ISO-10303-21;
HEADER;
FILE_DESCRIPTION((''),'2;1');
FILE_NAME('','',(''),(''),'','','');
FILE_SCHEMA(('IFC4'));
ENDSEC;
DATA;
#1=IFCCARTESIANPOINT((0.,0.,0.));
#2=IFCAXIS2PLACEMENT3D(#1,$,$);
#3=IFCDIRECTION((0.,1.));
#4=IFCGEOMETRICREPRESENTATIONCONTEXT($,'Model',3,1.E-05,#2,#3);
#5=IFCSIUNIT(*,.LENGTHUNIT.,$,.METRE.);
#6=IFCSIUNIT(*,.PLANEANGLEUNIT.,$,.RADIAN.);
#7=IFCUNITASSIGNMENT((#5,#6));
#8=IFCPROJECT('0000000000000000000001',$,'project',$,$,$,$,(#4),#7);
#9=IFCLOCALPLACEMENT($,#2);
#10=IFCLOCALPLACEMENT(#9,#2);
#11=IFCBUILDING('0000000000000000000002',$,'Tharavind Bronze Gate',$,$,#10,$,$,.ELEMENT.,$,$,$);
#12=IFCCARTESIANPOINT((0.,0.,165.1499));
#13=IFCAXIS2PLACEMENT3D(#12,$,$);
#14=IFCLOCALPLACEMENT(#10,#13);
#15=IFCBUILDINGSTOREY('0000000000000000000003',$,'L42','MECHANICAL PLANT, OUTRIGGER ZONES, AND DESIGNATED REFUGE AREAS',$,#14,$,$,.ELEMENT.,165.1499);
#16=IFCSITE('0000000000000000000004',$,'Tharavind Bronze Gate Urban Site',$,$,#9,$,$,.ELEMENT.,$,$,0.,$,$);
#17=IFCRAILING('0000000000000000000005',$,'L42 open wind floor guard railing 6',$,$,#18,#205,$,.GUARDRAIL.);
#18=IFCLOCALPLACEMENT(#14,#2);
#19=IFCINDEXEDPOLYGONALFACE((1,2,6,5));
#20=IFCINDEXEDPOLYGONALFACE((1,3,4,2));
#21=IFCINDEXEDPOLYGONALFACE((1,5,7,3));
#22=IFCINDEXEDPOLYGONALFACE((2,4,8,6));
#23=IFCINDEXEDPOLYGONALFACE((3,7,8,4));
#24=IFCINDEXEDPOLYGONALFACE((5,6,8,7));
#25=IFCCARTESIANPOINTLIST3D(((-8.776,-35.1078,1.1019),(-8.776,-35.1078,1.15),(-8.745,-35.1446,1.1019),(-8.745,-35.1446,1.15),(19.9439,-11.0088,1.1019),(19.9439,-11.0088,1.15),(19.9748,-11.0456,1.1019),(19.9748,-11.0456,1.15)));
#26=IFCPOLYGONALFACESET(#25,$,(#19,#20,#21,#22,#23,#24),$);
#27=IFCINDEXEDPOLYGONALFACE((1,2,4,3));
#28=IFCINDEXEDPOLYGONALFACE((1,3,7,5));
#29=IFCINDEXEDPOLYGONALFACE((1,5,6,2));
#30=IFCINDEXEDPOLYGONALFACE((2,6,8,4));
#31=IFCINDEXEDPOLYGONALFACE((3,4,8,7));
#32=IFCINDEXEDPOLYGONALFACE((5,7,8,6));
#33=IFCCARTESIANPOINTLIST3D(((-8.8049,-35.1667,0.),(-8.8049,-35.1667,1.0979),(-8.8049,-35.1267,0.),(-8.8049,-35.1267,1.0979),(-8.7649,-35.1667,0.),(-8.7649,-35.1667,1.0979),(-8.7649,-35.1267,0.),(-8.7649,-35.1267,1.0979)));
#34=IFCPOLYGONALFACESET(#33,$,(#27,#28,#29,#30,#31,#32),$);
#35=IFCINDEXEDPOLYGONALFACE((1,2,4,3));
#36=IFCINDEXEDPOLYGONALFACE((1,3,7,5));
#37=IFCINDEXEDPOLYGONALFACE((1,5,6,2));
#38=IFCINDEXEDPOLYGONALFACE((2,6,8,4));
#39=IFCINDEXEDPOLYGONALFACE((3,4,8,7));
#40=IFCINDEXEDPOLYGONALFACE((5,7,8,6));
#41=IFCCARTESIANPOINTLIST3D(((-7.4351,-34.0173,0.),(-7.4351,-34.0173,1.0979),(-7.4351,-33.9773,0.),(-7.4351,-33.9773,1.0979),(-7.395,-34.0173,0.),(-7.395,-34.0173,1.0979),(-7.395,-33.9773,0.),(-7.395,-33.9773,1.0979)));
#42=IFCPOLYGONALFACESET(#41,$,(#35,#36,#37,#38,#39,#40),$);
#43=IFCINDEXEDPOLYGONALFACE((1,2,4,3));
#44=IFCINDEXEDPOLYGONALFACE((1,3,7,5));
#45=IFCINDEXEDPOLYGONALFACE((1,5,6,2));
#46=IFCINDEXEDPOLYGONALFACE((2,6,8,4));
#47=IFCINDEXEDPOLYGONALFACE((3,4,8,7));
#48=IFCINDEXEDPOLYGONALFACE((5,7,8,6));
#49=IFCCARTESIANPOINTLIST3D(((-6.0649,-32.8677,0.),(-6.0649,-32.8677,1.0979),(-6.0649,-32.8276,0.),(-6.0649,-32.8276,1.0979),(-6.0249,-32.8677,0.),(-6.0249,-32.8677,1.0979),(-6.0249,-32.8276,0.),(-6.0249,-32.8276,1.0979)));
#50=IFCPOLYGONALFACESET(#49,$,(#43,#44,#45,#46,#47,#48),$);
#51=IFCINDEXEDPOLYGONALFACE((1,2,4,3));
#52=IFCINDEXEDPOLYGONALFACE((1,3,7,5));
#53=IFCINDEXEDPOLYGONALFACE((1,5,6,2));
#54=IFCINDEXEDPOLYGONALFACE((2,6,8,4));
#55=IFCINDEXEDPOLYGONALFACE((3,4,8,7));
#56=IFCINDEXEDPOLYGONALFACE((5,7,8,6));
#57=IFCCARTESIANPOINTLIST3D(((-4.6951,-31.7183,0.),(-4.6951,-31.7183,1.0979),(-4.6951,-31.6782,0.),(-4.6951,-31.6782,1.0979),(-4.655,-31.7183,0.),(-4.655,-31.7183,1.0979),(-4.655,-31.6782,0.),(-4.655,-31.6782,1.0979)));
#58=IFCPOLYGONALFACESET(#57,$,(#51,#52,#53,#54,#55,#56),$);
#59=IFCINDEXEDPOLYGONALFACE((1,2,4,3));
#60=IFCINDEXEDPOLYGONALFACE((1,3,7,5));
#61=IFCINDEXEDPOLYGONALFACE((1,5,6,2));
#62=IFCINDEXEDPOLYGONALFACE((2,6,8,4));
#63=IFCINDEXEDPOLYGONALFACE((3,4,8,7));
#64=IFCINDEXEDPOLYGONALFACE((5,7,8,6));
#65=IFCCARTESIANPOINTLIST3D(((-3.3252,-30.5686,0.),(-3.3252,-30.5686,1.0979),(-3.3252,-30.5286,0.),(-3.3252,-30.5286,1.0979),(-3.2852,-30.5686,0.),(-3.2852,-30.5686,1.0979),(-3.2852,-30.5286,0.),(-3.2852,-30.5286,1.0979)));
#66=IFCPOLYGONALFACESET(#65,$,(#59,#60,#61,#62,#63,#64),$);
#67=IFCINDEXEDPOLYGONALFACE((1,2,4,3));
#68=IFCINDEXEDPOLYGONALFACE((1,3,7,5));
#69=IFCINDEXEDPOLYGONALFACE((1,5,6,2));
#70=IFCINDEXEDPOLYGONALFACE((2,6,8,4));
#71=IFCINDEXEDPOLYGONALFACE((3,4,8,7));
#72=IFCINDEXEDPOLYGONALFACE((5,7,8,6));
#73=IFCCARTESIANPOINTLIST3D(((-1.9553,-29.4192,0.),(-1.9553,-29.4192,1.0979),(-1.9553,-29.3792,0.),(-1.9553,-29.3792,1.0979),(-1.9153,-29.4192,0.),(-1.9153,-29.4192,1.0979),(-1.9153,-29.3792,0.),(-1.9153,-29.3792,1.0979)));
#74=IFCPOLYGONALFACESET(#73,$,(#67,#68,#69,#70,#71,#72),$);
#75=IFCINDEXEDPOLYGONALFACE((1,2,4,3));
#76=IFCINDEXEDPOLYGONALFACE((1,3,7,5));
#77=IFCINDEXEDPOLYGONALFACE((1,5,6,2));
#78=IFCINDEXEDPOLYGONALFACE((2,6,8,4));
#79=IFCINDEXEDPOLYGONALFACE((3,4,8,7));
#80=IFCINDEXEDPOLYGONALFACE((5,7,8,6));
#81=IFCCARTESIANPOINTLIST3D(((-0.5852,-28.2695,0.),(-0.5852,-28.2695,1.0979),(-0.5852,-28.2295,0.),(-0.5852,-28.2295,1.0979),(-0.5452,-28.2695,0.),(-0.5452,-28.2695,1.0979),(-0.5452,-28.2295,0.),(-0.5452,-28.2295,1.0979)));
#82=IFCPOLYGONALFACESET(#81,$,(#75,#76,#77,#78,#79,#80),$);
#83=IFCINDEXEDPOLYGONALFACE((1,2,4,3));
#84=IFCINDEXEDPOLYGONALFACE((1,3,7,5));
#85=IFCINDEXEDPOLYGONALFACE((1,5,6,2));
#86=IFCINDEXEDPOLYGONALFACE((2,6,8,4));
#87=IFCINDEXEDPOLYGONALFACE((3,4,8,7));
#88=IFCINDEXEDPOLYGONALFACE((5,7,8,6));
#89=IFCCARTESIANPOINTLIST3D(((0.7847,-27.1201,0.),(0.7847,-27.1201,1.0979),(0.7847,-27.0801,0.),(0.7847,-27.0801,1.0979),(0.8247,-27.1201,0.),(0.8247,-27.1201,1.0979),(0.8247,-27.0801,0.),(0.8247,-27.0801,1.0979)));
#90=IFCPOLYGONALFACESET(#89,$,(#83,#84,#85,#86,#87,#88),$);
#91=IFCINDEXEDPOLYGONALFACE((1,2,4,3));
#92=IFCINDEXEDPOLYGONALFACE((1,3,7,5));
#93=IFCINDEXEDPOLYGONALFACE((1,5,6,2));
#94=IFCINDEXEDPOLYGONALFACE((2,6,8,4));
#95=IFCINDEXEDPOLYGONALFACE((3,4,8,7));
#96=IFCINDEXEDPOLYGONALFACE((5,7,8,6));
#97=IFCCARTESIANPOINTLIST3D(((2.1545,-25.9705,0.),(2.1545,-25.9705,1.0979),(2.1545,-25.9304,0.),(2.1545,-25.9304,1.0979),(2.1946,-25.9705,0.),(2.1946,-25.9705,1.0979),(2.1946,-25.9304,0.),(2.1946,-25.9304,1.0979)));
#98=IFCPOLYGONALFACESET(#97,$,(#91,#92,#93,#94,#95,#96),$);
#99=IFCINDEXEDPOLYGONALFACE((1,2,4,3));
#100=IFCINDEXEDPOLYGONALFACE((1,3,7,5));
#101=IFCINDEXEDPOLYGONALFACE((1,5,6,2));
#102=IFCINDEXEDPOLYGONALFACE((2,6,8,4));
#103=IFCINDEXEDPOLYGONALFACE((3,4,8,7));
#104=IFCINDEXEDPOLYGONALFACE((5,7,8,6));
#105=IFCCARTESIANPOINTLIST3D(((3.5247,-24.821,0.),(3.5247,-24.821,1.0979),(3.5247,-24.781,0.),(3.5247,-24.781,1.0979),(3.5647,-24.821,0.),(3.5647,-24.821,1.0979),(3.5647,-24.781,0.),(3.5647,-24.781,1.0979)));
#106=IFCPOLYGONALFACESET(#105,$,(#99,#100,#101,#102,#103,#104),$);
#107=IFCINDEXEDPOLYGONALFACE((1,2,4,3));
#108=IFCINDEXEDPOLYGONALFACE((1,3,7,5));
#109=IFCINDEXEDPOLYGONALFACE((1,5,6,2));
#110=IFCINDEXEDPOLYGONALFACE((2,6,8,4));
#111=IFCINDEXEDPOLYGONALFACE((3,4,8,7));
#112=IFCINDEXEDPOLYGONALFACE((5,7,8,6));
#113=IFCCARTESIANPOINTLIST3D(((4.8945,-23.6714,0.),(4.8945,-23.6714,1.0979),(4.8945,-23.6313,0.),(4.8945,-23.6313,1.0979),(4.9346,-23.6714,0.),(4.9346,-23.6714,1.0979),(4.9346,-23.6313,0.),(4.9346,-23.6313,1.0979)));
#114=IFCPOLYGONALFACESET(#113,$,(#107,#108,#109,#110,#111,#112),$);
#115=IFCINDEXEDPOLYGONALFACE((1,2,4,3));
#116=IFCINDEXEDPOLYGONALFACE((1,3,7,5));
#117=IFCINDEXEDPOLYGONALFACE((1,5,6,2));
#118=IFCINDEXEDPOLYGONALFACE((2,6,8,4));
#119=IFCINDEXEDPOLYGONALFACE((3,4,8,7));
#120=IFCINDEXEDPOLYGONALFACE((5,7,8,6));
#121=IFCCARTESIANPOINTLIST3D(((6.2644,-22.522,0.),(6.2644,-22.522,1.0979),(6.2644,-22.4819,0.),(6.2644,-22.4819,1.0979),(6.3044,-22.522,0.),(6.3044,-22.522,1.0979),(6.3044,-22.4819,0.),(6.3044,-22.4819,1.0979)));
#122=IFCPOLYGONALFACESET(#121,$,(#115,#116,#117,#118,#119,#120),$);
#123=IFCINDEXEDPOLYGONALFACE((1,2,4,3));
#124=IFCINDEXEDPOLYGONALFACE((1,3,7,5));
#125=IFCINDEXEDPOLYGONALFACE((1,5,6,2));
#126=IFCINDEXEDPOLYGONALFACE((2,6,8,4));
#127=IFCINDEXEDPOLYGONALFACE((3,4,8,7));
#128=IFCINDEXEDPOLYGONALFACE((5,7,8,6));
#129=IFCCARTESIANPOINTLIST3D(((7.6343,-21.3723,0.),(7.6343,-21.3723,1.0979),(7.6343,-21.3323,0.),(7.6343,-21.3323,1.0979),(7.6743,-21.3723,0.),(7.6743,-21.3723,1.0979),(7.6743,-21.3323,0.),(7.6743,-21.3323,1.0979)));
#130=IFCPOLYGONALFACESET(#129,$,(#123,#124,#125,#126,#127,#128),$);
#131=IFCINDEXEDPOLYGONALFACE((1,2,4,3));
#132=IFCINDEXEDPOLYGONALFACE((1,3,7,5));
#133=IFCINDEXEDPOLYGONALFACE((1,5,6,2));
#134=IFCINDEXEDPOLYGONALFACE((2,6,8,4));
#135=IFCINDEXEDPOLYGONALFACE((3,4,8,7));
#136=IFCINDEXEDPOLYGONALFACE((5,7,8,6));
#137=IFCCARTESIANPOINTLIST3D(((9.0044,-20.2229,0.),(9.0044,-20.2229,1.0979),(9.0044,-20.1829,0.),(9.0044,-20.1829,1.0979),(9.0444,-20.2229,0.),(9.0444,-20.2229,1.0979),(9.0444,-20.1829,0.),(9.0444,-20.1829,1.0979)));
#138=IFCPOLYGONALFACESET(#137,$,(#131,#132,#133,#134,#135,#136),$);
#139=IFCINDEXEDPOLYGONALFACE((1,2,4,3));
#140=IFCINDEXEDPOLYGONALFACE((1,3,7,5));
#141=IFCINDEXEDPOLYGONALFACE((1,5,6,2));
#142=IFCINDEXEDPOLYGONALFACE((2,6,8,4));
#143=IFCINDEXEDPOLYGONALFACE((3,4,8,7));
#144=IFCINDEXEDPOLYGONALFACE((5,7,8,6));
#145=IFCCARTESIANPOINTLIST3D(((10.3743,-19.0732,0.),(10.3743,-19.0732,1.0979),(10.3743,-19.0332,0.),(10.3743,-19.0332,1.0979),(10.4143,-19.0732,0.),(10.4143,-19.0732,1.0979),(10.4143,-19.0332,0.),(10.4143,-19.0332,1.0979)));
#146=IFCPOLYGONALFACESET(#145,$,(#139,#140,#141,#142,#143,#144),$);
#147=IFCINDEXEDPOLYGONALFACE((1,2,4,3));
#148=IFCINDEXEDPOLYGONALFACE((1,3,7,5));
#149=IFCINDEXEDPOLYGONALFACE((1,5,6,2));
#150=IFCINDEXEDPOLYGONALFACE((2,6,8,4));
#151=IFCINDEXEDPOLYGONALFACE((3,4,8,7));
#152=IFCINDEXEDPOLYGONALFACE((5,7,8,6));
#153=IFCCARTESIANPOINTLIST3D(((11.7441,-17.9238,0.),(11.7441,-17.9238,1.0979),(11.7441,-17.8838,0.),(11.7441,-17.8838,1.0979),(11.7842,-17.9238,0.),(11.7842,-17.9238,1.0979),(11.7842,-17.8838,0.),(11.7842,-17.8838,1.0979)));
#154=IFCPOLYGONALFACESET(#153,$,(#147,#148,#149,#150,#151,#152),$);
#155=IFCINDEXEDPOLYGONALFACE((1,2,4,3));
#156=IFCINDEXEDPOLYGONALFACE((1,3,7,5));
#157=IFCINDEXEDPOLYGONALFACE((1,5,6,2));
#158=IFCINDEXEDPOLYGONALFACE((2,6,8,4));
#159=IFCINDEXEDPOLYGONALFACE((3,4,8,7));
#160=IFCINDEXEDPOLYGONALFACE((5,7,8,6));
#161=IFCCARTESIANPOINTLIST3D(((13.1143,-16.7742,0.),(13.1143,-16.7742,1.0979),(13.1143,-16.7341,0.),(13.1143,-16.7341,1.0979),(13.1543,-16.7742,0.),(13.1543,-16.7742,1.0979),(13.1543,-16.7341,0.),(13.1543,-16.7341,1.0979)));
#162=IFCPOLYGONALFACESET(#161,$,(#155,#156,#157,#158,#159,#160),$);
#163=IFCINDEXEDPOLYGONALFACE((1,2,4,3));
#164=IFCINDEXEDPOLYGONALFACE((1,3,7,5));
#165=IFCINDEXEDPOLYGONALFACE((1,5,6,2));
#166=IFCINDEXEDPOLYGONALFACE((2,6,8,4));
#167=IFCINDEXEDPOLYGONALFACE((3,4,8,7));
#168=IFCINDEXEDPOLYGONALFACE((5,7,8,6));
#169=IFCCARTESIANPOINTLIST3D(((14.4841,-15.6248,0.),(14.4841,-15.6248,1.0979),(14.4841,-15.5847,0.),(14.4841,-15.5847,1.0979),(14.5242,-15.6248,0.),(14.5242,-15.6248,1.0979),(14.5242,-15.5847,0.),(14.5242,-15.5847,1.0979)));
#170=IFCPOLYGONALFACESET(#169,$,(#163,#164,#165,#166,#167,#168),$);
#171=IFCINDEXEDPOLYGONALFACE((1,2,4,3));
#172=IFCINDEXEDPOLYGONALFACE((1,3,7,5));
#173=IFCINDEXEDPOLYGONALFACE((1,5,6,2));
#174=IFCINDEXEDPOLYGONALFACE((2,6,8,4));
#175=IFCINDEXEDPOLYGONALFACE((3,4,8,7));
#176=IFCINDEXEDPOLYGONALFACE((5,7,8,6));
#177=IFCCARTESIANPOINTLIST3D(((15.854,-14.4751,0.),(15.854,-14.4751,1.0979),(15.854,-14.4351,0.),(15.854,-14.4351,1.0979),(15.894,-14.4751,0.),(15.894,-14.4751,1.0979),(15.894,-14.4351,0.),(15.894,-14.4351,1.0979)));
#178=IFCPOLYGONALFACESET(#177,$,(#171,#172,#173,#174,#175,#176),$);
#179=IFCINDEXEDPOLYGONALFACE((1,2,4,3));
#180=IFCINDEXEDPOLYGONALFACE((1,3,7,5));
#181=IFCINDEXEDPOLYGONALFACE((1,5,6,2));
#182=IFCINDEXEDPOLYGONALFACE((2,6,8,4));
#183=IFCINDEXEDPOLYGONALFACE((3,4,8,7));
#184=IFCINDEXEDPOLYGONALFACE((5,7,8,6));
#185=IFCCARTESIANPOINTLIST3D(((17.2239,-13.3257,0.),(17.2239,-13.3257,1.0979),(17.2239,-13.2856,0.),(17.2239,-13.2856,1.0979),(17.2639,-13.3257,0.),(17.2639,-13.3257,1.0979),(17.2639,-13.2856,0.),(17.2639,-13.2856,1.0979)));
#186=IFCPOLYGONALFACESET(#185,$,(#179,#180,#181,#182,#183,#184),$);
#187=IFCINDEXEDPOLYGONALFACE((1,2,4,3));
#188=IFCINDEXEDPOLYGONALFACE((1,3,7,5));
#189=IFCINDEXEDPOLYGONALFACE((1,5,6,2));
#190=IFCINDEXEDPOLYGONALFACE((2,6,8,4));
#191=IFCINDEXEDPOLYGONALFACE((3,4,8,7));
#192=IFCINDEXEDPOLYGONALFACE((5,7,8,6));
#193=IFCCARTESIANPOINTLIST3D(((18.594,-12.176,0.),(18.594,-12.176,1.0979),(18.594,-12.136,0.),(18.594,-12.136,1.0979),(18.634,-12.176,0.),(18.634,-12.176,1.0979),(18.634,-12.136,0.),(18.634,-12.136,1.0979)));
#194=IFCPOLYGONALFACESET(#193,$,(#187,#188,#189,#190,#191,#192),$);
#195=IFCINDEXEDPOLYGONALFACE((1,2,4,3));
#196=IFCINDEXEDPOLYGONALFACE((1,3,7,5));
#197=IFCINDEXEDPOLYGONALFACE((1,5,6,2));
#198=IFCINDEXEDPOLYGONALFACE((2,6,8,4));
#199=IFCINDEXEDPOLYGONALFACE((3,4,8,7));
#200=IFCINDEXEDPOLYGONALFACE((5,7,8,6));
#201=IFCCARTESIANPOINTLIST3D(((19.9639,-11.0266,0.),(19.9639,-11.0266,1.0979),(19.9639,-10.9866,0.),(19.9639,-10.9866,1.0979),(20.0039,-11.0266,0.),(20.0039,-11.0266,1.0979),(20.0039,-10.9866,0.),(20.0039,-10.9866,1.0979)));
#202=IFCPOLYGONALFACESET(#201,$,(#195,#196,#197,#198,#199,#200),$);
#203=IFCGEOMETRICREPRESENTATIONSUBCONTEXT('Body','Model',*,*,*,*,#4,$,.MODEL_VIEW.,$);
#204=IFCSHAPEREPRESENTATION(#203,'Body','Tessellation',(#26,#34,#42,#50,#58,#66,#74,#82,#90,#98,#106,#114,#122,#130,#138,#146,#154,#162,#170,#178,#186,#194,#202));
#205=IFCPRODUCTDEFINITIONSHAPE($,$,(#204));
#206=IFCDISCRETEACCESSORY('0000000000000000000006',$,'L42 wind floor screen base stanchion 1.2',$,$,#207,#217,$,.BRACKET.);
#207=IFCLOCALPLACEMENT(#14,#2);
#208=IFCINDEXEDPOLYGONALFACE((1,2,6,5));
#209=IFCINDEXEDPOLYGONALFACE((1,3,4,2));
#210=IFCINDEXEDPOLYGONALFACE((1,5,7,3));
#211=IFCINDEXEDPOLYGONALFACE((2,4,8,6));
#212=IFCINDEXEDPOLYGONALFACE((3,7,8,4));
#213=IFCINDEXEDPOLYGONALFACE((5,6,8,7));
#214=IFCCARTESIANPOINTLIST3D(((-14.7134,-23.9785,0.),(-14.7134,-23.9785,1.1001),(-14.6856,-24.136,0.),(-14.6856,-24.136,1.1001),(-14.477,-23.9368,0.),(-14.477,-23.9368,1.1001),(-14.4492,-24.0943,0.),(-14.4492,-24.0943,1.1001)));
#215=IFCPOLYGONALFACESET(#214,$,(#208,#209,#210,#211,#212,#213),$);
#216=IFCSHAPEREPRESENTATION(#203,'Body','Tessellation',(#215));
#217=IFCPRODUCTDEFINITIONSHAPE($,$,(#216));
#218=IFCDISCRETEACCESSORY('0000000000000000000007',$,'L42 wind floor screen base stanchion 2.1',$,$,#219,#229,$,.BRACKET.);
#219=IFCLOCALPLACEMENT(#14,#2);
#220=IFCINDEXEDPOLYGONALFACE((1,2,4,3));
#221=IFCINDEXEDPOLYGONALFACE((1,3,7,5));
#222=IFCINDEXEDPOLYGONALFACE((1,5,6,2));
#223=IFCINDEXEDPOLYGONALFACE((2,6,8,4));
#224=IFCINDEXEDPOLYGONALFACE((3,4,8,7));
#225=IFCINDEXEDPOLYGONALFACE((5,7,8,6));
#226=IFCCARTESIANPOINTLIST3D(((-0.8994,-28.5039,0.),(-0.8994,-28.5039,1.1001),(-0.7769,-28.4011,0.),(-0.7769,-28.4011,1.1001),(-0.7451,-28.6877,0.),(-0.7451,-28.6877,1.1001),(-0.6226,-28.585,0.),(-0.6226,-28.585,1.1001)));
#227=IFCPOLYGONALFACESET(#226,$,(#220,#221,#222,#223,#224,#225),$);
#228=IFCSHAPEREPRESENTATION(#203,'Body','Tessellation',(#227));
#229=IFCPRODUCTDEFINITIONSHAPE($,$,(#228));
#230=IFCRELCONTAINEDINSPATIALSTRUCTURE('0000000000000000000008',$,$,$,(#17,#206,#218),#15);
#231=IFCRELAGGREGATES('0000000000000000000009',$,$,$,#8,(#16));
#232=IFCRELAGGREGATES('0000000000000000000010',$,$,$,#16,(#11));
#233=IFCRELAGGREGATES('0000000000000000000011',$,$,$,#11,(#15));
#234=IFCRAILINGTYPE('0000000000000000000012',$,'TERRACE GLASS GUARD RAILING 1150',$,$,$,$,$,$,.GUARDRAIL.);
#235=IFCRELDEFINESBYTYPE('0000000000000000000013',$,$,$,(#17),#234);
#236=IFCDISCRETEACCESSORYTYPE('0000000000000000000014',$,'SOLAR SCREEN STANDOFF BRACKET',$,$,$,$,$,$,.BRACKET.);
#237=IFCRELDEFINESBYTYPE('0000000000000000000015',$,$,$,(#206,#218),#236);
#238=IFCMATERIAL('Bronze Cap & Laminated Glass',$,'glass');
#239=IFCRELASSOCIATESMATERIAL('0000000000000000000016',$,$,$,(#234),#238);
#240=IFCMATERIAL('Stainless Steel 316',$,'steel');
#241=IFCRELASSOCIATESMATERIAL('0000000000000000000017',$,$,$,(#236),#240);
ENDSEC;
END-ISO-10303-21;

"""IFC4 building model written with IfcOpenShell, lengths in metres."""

from ifc_helpers import new_model, si_unit, direction, frame, origin, origin_2d, place, context, subcontext, project, spatial, rectangle, extrude, material, type_object, element, save


model = new_model("IFC4")

# Units and contexts
model_context = context("Model", 3, precision=1e-05, world=origin(), true_north=direction((0.0, 1.0)))
body_context = subcontext(model_context, "Body", "Model", "MODEL_VIEW")
ifc_project = project(units=[si_unit("LENGTHUNIT", "METRE"), si_unit("PLANEANGLEUNIT", "RADIAN")], contexts=[model_context])

# Site, building, storey
site_placement = place(None, origin())
site = spatial("IfcSite", under=ifc_project, at=site_placement, Name="Tharavind Bronze Gate Urban Site", CompositionType="ELEMENT", RefElevation=0.0)
building_placement = place(site_placement, origin())
building = spatial("IfcBuilding", under=site, at=building_placement, Name="Tharavind Bronze Gate", CompositionType="ELEMENT")
storey_placement = place(building_placement, frame((0.0, 0.0, 165.1499)))
storey = spatial("IfcBuildingStorey", under=building, at=storey_placement, Name="L42", Description="MECHANICAL PLANT, OUTRIGGER ZONES, AND DESIGNATED REFUGE AREAS", CompositionType="ELEMENT", Elevation=165.1499)

# Railing
ifc_material_1 = material(Name="Bronze Cap & Laminated Glass", Category="glass")
railing_type = type_object("IfcRailingType", Name="TERRACE GLASS GUARD RAILING 1150", PredefinedType="GUARDRAIL", material=ifc_material_1)
railing_1_placement = place(storey_placement, frame((-8.7849, -35.1467, 0.0)))
element("IfcRailing", 1, at=railing_1_placement, inside=storey, type_object=railing_type, Name="L42 open wind floor guard railing 6", PredefinedType="GUARDRAIL", context=body_context, shape_type="SweptSolid", body=[
    extrude(rectangle(XDim=0.0481, YDim=0.0481, at=origin_2d()), frame((0.0244, 0.0205, 1.126), z_axis=(0.766041, 0.642791, 0.0), x_axis=(-0.642791, 0.766041, 0.0)), (0.0, 0.0, 1.0), 37.4912),
    extrude(rectangle(XDim=0.04, YDim=0.04, at=origin_2d()), origin(), (0.0, 0.0, 1.0), 1.0979),
    extrude(rectangle(XDim=0.04, YDim=0.04, at=origin_2d()), frame((1.3699, 1.1494, 0.0)), (0.0, 0.0, 1.0), 1.0979),
    extrude(rectangle(XDim=0.04, YDim=0.04, at=origin_2d()), frame((2.74, 2.2991, 0.0)), (0.0, 0.0, 1.0), 1.0979),
    extrude(rectangle(XDim=0.04, YDim=0.04, at=origin_2d()), frame((4.1099, 3.4485, 0.0)), (0.0, 0.0, 1.0), 1.0979),
    extrude(rectangle(XDim=0.04, YDim=0.04, at=origin_2d()), frame((5.4797, 4.5981, 0.0)), (0.0, 0.0, 1.0), 1.0979),
    extrude(rectangle(XDim=0.04, YDim=0.04, at=origin_2d()), frame((6.8496, 5.7476, 0.0)), (0.0, 0.0, 1.0), 1.0979),
    extrude(rectangle(XDim=0.04, YDim=0.04, at=origin_2d()), frame((8.2197, 6.8972, 0.0)), (0.0, 0.0, 1.0), 1.0979),
    extrude(rectangle(XDim=0.04, YDim=0.04, at=origin_2d()), frame((9.5896, 8.0466, 0.0)), (0.0, 0.0, 1.0), 1.0979),
    extrude(rectangle(XDim=0.04, YDim=0.04, at=origin_2d()), frame((10.9595, 9.1963, 0.0)), (0.0, 0.0, 1.0), 1.0979),
    extrude(rectangle(XDim=0.04, YDim=0.04, at=origin_2d()), frame((12.3296, 10.3457, 0.0)), (0.0, 0.0, 1.0), 1.0979),
    extrude(rectangle(XDim=0.04, YDim=0.04, at=origin_2d()), frame((13.6995, 11.4954, 0.0)), (0.0, 0.0, 1.0), 1.0979),
    extrude(rectangle(XDim=0.04, YDim=0.04, at=origin_2d()), frame((15.0693, 12.6448, 0.0)), (0.0, 0.0, 1.0), 1.0979),
    extrude(rectangle(XDim=0.04, YDim=0.04, at=origin_2d()), frame((16.4392, 13.7944, 0.0)), (0.0, 0.0, 1.0), 1.0979),
    extrude(rectangle(XDim=0.04, YDim=0.04, at=origin_2d()), frame((17.8093, 14.9438, 0.0)), (0.0, 0.0, 1.0), 1.0979),
    extrude(rectangle(XDim=0.04, YDim=0.04, at=origin_2d()), frame((19.1792, 16.0935, 0.0)), (0.0, 0.0, 1.0), 1.0979),
    extrude(rectangle(XDim=0.04, YDim=0.04, at=origin_2d()), frame((20.5491, 17.2429, 0.0)), (0.0, 0.0, 1.0), 1.0979),
    extrude(rectangle(XDim=0.04, YDim=0.04, at=origin_2d()), frame((21.9192, 18.3926, 0.0)), (0.0, 0.0, 1.0), 1.0979),
    extrude(rectangle(XDim=0.04, YDim=0.04, at=origin_2d()), frame((23.2891, 19.542, 0.0)), (0.0, 0.0, 1.0), 1.0979),
    extrude(rectangle(XDim=0.04, YDim=0.04, at=origin_2d()), frame((24.6589, 20.6917, 0.0)), (0.0, 0.0, 1.0), 1.0979),
    extrude(rectangle(XDim=0.04, YDim=0.04, at=origin_2d()), frame((26.0288, 21.8411, 0.0)), (0.0, 0.0, 1.0), 1.0979),
    extrude(rectangle(XDim=0.04, YDim=0.04, at=origin_2d()), frame((27.3989, 22.9907, 0.0)), (0.0, 0.0, 1.0), 1.0979),
    extrude(rectangle(XDim=0.04, YDim=0.04, at=origin_2d()), frame((28.7688, 24.1401, 0.0)), (0.0, 0.0, 1.0), 1.0979),
])

# Discrete accessories
ifc_material_2 = material(Name="Stainless Steel 316", Category="steel")
discrete_accessory_type = type_object("IfcDiscreteAccessoryType", Name="SOLAR SCREEN STANDOFF BRACKET", PredefinedType="BRACKET", material=ifc_material_2)
for number, where, z_axis, x_axis, name in (
    (2, (-14.5813, -24.0364, 0.0), (0.0, 0.0, 1.0), (0.173648, -0.984808, 0.0), "L42 wind floor screen base stanchion 1.2"),
    (3, (-0.761, -28.5444, 0.0), (0.0, 0.0, 1.0), (0.766044, 0.642788, 0.0), "L42 wind floor screen base stanchion 2.1"),
):
    element("IfcDiscreteAccessory", number, at=place(storey_placement, frame(where, z_axis=z_axis, x_axis=x_axis)), inside=storey, type_object=discrete_accessory_type, Name=name, PredefinedType="BRACKET", context=body_context, shape_type="SweptSolid", body=[
        extrude(rectangle(XDim=0.1599, YDim=0.24, at=origin_2d()), origin(), (0.0, 0.0, 1.0), 1.1001),
    ])

save(model, "model.ifc")
